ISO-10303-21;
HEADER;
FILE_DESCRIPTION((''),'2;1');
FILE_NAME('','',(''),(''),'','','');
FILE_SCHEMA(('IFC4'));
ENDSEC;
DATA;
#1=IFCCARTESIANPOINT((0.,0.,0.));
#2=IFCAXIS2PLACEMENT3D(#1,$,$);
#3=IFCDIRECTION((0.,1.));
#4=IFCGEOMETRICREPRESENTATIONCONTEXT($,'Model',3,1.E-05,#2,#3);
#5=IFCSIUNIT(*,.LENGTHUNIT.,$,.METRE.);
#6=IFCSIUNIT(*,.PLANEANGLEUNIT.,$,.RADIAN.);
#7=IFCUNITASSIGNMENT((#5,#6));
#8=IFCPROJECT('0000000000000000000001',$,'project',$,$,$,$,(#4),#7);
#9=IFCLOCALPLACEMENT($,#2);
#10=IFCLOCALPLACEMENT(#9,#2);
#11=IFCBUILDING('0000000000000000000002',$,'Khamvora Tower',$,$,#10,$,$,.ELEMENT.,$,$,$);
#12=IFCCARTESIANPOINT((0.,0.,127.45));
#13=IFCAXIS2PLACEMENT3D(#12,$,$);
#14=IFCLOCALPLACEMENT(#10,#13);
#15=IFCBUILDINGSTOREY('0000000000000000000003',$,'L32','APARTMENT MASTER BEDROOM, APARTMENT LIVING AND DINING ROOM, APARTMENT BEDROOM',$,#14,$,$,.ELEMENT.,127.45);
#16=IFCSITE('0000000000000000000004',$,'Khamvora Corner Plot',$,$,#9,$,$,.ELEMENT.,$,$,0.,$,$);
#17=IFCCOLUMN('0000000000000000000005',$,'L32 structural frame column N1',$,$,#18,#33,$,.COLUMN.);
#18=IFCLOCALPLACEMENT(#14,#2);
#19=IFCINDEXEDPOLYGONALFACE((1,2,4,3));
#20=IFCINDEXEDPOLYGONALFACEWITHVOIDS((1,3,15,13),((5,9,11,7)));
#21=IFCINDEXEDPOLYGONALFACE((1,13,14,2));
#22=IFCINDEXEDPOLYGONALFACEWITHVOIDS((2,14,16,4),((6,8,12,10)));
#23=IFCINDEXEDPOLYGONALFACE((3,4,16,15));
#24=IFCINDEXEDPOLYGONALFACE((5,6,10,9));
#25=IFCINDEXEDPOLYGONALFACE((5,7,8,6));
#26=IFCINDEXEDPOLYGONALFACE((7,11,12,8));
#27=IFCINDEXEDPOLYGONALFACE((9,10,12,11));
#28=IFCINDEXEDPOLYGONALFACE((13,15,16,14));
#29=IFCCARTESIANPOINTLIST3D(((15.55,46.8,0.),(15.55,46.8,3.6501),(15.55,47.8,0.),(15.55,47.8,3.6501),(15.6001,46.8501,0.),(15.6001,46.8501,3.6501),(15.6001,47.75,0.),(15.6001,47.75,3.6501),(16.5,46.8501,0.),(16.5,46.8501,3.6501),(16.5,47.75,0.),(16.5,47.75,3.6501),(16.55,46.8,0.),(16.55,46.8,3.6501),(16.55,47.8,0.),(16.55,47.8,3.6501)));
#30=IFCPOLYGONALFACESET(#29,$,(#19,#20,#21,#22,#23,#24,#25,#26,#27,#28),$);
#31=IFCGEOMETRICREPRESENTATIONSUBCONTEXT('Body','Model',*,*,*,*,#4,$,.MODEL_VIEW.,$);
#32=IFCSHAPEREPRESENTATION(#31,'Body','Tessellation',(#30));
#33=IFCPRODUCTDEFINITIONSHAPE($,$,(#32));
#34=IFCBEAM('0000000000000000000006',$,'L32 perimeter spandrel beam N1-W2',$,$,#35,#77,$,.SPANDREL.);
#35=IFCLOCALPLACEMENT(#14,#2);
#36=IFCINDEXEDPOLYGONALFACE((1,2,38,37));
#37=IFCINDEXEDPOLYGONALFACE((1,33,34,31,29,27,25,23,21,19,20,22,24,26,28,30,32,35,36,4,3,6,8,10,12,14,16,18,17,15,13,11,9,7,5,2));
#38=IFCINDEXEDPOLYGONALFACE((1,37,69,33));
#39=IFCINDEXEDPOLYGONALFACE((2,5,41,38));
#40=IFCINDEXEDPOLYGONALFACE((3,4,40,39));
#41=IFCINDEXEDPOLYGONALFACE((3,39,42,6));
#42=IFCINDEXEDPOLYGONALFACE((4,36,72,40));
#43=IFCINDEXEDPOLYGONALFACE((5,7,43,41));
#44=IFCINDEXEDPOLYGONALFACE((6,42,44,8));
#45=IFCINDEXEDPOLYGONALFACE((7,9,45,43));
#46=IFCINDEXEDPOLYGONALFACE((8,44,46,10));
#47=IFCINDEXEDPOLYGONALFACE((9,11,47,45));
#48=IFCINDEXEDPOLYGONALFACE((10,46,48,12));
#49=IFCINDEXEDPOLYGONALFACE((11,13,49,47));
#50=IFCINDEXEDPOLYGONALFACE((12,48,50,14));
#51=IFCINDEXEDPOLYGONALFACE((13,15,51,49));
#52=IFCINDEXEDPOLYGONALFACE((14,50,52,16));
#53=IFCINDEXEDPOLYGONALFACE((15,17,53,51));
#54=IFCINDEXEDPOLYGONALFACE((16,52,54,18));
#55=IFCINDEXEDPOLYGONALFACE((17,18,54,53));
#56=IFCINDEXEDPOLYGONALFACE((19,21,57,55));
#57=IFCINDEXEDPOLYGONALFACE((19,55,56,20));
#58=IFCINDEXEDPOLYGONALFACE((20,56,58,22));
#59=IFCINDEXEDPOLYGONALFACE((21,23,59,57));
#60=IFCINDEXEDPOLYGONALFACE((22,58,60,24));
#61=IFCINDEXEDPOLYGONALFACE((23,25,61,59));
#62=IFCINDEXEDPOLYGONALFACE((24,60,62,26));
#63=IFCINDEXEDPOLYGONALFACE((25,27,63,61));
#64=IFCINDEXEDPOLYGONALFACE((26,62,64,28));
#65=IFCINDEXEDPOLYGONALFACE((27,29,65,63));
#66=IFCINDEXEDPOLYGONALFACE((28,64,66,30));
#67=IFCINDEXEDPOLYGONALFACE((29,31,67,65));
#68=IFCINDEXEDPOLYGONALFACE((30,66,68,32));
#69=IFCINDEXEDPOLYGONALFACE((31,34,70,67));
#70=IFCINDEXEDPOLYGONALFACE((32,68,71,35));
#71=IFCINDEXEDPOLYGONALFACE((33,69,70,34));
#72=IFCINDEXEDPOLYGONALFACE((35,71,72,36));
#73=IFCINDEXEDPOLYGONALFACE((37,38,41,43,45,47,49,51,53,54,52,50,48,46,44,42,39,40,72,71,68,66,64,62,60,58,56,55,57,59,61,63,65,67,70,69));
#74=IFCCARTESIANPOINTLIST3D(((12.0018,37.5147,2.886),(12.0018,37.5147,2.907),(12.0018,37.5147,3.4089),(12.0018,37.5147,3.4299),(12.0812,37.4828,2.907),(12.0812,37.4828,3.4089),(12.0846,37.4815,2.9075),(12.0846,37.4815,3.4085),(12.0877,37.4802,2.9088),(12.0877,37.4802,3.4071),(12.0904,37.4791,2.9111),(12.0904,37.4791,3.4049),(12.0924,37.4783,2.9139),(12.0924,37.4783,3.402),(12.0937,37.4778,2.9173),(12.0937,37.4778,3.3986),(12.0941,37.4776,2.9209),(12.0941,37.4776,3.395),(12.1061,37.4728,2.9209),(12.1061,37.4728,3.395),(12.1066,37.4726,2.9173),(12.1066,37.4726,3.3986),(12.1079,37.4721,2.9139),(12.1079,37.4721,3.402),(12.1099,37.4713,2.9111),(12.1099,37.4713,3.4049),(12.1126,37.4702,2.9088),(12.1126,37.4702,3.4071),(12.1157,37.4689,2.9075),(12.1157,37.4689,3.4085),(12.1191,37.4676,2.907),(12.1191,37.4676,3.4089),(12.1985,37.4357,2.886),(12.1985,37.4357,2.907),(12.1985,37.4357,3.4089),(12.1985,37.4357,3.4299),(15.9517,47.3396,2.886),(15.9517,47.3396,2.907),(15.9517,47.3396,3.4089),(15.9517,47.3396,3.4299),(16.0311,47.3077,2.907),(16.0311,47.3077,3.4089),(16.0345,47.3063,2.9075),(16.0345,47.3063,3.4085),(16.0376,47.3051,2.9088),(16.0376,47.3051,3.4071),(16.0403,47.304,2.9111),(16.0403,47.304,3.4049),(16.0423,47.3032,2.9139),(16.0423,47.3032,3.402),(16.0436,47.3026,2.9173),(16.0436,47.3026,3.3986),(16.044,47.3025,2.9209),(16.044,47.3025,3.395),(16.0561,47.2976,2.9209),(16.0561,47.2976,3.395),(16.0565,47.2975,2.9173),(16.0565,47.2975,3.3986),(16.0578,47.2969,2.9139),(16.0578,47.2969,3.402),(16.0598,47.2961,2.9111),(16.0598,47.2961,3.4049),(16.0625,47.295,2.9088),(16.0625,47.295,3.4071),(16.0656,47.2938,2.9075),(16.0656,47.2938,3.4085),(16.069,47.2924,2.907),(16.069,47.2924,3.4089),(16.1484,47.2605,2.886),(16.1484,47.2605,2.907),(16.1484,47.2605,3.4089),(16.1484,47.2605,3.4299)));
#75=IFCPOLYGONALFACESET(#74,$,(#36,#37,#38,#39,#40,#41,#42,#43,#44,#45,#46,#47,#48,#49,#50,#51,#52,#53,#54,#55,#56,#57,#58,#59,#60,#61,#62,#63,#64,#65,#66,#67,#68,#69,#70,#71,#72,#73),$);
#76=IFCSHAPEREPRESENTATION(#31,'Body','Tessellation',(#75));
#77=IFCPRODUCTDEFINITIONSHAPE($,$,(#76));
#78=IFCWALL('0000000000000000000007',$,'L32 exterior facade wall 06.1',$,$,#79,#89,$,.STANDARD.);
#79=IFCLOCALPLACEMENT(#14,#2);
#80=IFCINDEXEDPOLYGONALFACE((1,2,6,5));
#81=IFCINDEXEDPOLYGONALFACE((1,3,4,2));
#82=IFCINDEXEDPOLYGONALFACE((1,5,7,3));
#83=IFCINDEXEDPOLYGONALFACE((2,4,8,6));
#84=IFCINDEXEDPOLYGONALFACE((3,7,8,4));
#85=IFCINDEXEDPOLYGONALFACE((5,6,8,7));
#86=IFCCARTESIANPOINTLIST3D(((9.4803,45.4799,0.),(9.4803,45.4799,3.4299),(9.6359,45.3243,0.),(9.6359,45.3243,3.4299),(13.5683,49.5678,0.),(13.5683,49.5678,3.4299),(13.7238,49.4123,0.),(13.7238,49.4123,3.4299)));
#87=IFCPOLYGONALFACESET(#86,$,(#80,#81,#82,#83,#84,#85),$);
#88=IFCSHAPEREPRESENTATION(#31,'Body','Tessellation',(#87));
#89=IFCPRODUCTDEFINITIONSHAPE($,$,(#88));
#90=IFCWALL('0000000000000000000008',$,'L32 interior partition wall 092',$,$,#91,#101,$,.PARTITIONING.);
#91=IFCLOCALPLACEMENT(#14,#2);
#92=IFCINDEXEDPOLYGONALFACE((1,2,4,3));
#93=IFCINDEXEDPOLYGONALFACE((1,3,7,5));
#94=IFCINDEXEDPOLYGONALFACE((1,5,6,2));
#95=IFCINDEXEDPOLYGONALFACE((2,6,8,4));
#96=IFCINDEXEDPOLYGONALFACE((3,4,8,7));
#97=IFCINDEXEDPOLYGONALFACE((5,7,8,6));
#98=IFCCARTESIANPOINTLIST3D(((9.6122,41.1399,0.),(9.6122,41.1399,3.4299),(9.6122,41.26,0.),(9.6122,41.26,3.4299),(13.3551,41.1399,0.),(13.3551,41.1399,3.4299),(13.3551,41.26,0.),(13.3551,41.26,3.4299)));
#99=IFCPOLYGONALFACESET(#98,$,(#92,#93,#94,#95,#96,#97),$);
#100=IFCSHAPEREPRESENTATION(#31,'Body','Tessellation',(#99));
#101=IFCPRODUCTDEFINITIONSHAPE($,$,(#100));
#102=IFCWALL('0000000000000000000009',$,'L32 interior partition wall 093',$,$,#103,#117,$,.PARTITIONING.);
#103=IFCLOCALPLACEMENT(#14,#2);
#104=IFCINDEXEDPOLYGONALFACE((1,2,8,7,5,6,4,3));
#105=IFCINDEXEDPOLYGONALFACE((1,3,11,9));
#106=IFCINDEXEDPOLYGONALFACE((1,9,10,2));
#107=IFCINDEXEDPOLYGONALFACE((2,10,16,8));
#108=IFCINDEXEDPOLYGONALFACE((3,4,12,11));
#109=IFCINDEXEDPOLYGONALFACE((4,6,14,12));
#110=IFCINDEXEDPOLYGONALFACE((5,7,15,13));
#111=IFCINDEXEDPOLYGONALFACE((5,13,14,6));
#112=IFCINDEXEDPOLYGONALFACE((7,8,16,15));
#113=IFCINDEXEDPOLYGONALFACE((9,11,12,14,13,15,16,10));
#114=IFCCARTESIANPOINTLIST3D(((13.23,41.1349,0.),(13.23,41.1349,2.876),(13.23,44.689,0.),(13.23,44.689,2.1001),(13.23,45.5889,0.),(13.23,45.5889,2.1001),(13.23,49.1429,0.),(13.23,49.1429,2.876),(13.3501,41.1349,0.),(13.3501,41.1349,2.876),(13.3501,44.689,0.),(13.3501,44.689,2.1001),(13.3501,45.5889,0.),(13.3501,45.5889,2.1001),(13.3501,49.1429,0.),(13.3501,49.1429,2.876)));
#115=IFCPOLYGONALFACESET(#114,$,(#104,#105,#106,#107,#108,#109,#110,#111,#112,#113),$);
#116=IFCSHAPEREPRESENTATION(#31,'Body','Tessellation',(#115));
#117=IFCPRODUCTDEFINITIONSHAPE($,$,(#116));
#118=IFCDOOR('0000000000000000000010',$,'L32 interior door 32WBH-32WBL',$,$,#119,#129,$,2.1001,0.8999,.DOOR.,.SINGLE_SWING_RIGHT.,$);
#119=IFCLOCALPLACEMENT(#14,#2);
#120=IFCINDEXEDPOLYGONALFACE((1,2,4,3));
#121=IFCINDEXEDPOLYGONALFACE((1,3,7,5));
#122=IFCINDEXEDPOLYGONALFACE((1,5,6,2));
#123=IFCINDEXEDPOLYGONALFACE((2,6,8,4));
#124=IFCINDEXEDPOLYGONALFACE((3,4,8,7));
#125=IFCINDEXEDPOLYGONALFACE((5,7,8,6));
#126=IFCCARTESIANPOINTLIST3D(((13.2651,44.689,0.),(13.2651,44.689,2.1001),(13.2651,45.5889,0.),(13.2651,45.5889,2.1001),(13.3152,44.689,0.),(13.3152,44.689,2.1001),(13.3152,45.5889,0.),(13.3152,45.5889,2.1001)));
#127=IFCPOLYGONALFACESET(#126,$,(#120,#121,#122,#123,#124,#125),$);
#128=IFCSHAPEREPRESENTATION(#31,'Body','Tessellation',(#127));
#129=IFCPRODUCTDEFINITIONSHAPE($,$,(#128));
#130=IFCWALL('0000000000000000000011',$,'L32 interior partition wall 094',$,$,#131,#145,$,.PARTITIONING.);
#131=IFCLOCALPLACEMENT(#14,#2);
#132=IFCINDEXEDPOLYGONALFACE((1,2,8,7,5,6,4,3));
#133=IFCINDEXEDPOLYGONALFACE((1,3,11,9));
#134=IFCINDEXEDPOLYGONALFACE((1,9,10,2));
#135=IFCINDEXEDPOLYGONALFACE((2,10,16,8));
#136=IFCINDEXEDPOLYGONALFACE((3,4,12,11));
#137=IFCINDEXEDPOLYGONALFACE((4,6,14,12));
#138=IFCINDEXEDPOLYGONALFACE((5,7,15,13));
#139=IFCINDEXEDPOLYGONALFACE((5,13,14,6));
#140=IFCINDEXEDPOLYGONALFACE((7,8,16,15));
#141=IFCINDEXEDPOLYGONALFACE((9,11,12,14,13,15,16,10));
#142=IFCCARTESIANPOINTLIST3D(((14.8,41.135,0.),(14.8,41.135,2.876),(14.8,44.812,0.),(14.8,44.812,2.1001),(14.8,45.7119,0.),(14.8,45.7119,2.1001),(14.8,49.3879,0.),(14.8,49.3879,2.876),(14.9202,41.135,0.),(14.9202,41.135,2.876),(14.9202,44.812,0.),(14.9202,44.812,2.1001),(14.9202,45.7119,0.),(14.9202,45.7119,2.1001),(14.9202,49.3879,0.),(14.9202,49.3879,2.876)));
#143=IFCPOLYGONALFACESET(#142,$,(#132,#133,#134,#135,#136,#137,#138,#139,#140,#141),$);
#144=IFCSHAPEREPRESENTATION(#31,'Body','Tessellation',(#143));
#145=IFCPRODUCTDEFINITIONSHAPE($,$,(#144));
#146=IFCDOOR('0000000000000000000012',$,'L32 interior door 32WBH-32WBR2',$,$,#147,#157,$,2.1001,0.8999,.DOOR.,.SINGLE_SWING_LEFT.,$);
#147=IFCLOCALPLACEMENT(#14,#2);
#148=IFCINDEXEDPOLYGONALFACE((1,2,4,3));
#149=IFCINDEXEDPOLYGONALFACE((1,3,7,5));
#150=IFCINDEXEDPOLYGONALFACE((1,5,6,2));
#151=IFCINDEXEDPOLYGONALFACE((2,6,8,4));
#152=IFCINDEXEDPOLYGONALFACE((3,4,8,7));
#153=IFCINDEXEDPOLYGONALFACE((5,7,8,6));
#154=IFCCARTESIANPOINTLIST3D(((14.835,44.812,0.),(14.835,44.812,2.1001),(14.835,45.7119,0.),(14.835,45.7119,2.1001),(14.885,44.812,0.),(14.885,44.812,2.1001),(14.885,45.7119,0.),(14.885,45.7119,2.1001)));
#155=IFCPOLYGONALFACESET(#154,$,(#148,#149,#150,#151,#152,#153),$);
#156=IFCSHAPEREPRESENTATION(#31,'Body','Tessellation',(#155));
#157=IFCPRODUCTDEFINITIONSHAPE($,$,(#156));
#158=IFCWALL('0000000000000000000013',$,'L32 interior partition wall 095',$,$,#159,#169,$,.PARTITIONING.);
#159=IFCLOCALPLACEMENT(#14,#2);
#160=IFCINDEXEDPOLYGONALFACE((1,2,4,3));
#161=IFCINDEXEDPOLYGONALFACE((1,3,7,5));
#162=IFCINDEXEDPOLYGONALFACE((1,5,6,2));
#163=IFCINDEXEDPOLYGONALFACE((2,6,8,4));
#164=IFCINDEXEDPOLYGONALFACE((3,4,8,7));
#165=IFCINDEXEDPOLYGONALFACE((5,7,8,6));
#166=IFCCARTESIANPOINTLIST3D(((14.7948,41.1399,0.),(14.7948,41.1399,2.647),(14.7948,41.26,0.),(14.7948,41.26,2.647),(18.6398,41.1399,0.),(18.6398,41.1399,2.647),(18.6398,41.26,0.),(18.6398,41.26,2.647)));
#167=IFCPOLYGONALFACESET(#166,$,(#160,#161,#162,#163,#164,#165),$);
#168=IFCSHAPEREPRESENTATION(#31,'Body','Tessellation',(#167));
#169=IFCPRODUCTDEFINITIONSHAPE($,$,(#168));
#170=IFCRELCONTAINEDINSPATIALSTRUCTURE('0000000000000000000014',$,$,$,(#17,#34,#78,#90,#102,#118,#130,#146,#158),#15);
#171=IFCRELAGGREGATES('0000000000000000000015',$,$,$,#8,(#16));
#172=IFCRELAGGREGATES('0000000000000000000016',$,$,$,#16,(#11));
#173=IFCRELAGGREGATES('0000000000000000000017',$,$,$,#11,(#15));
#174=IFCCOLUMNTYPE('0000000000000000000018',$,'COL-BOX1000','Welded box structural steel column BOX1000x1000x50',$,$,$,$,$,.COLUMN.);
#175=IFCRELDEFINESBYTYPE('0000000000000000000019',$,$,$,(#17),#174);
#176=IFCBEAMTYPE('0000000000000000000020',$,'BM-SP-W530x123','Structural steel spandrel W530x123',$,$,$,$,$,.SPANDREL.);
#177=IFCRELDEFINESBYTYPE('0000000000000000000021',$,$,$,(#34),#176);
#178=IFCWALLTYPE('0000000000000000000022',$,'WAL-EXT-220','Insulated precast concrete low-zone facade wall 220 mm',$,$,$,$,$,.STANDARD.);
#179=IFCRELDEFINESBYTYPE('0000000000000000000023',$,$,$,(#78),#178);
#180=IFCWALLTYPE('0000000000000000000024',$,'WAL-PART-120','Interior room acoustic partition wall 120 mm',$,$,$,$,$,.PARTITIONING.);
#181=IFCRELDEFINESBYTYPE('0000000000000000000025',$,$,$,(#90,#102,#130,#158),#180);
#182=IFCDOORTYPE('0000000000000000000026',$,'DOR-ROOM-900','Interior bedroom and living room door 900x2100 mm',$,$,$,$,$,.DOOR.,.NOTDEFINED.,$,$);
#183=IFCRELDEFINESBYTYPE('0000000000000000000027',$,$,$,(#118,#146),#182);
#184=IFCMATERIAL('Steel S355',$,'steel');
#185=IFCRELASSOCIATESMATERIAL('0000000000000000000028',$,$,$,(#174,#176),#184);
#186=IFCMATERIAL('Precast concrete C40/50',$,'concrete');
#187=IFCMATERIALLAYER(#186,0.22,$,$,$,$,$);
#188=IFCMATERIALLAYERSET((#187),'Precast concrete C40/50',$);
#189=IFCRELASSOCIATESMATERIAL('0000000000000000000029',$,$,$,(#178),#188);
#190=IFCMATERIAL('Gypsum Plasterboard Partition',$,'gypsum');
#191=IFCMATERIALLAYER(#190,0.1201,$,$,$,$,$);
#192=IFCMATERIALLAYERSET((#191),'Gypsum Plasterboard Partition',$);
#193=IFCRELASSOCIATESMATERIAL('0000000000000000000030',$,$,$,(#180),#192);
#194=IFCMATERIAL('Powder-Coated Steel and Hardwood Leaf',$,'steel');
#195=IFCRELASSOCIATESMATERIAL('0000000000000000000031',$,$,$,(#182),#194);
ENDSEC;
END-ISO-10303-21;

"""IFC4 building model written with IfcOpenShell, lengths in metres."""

from ifc_helpers import new_model, si_unit, direction, frame, frame_2d, origin, origin_2d, place, context, subcontext, project, spatial, rectangle, hollow_rectangle, i_section, extrude, material, layer, layer_set, material_profile, profile_set, type_object, element, fill, save


model = new_model("IFC4")

# Units and contexts
model_context = context("Model", 3, precision=1e-05, world=origin(), true_north=direction((0.0, 1.0)))
body_context = subcontext(model_context, "Body", "Model", "MODEL_VIEW")
ifc_project = project(units=[si_unit("LENGTHUNIT", "METRE"), si_unit("PLANEANGLEUNIT", "RADIAN")], contexts=[model_context])

# Site, building, storey
site_placement = place(None, origin())
site = spatial("IfcSite", under=ifc_project, at=site_placement, Name="Khamvora Corner Plot", CompositionType="ELEMENT", RefElevation=0.0)
building_placement = place(site_placement, origin())
building = spatial("IfcBuilding", under=site, at=building_placement, Name="Khamvora Tower", CompositionType="ELEMENT")
storey_placement = place(building_placement, frame((0.0, 0.0, 127.45)))
storey = spatial("IfcBuildingStorey", under=building, at=storey_placement, Name="L32", Description="APARTMENT MASTER BEDROOM, APARTMENT LIVING AND DINING ROOM, APARTMENT BEDROOM", CompositionType="ELEMENT", Elevation=127.45)

# Column
ifc_material_1 = material(Name="Steel S355", Category="steel")
ifc_material_profile_1 = material_profile(ifc_material_1, hollow_rectangle(XDim=1.0, YDim=1.0, WallThickness=0.05, at=origin_2d()), Name="BOX1000x1000x50")
ifc_profile_set_1 = profile_set([ifc_material_profile_1], Name="Steel S355")
column_type = type_object("IfcColumnType", Name="COL-BOX1000", Description="Welded box structural steel column BOX1000x1000x50", PredefinedType="COLUMN", material=ifc_profile_set_1)
column_placement = place(storey_placement, frame((16.05, 47.3, 0.0), z_axis=(0.0, 0.0, 1.0), x_axis=(1.0, 0.0, 0.0)))
element("IfcColumn", 1, at=column_placement, inside=storey, type_object=column_type, Name="L32 structural frame column N1", PredefinedType="COLUMN", context=body_context, shape_type="SweptSolid", body=[
    extrude(hollow_rectangle(XDim=1.0, YDim=1.0, WallThickness=0.05, at=origin_2d()), origin(), (0.0, 0.0, 1.0), 3.6501),
])

# Beam
ifc_material_profile_2 = material_profile(ifc_material_1, i_section(OverallWidth=0.2119, OverallDepth=0.5439, WebThickness=0.0129, FlangeThickness=0.021, FilletRadius=0.0139, at=origin_2d()), Name="W530x123")
ifc_profile_set_2 = profile_set([ifc_material_profile_2], Name="Steel S355")
beam_type = type_object("IfcBeamType", Name="BM-SP-W530x123", Description="Structural steel spandrel W530x123", PredefinedType="SPANDREL", material=ifc_profile_set_2)
beam_placement = place(storey_placement, frame((16.05, 47.3, 3.158), z_axis=(-0.373016, -0.927825, 0.0), x_axis=(0.927825, -0.373016, 0.0)))
element("IfcBeam", 2, at=beam_placement, inside=storey, type_object=beam_type, Name="L32 perimeter spandrel beam N1-W2", PredefinedType="SPANDREL", context=body_context, shape_type="SweptSolid", body=[
    extrude(i_section(OverallWidth=0.2119, OverallDepth=0.5439, WebThickness=0.0129, FlangeThickness=0.021, FilletRadius=0.0139, at=origin_2d()), origin(), (0.0, 0.0, 1.0), 10.5891),
])

# Wall
ifc_material_2 = material(Name="Precast concrete C40/50", Category="concrete")
ifc_layer_1 = layer(ifc_material_2, 0.22)
ifc_layer_set_1 = layer_set([ifc_layer_1], Name="Precast concrete C40/50")
wall_type_1 = type_object("IfcWallType", Name="WAL-EXT-220", Description="Insulated precast concrete low-zone facade wall 220 mm", PredefinedType="STANDARD", material=ifc_layer_set_1)
wall_1_placement = place(storey_placement, frame((9.5581, 45.4021, 0.0), z_axis=(0.0, 0.0, 1.0), x_axis=(0.707107, 0.707107, 0.0)))
element("IfcWall", 3, at=wall_1_placement, inside=storey, type_object=wall_type_1, Name="L32 exterior facade wall 06.1", PredefinedType="STANDARD", context=body_context, shape_type="SweptSolid", body=[
    extrude(rectangle(XDim=5.7812, YDim=0.22, at=frame_2d((2.8906, 0.0))), origin(), (0.0, 0.0, 1.0), 3.4299),
])

# Wall
ifc_material_3 = material(Name="Gypsum Plasterboard Partition", Category="gypsum")
ifc_layer_2 = layer(ifc_material_3, 0.1201)
ifc_layer_set_2 = layer_set([ifc_layer_2], Name="Gypsum Plasterboard Partition")
wall_type_2 = type_object("IfcWallType", Name="WAL-PART-120", Description="Interior room acoustic partition wall 120 mm", PredefinedType="PARTITIONING", material=ifc_layer_set_2)
wall_2_placement = place(storey_placement, frame((9.6121, 41.2, 0.0), z_axis=(0.0, 0.0, 1.0), x_axis=(1.0, 0.0, 0.0)))
element("IfcWall", 4, at=wall_2_placement, inside=storey, type_object=wall_type_2, Name="L32 interior partition wall 092", PredefinedType="PARTITIONING", context=body_context, shape_type="SweptSolid", body=[
    extrude(rectangle(XDim=3.7429, YDim=0.1201, at=frame_2d((1.8716, 0.0))), origin(), (0.0, 0.0, 1.0), 3.4299),
])

# Walls, openings, doors
wall_3_placement = place(storey_placement, frame((13.29, 41.135, 0.0), z_axis=(0.0, 0.0, 1.0), x_axis=(0.0, 1.0, 0.0)))
wall_3 = element("IfcWall", 5, at=wall_3_placement, inside=storey, type_object=wall_type_2, Name="L32 interior partition wall 093", PredefinedType="PARTITIONING", context=body_context, shape_type="SweptSolid", body=[
    extrude(rectangle(XDim=8.0081, YDim=0.1201, at=frame_2d((4.0039, 0.0))), origin(), (0.0, 0.0, 1.0), 2.876),
])
opening_1_placement = place(wall_3_placement, frame((3.554, 0.0, 0.0)))
opening_1 = element("IfcOpeningElement", 6, at=opening_1_placement, cuts=wall_3, PredefinedType="OPENING", context=body_context, shape_type="SweptSolid", body=[
    extrude(rectangle(XDim=0.8999, YDim=2.1001, at=frame_2d((0.45, 1.05))), frame((0.0, 0.0701, 0.0), z_axis=(0.0, -1.0, 0.0), x_axis=(1.0, 0.0, 0.0)), (0.0, 0.0, 1.0), 0.1401),
])
ifc_material_4 = material(Name="Powder-Coated Steel and Hardwood Leaf", Category="steel")
door_type_1 = type_object("IfcDoorType", Name="DOR-ROOM-900", Description="Interior bedroom and living room door 900x2100 mm", OperationType="NOTDEFINED", PredefinedType="DOOR", material=ifc_material_4)
door_1_placement = place(opening_1_placement, origin())
door_1 = element("IfcDoor", 7, at=door_1_placement, inside=storey, type_object=door_type_1, Name="L32 interior door 32WBH-32WBL", OperationType="SINGLE_SWING_RIGHT", OverallHeight=2.1001, OverallWidth=0.8999, PredefinedType="DOOR", context=body_context, shape_type="SweptSolid", body=[
    extrude(rectangle(XDim=0.8999, YDim=2.1001, at=frame_2d((0.45, 1.05))), frame((0.0, 0.0249, 0.0), z_axis=(0.0, -1.0, 0.0), x_axis=(1.0, 0.0, 0.0)), (0.0, 0.0, 1.0), 0.05),
])
fill(opening_1, door_1)
wall_4_placement = place(storey_placement, frame((14.8601, 49.3879, 0.0), z_axis=(0.0, 0.0, 1.0), x_axis=(0.0, -1.0, 0.0)))
wall_4 = element("IfcWall", 8, at=wall_4_placement, inside=storey, type_object=wall_type_2, Name="L32 interior partition wall 094", PredefinedType="PARTITIONING", context=body_context, shape_type="SweptSolid", body=[
    extrude(rectangle(XDim=8.2529, YDim=0.1201, at=frame_2d((4.1265, 0.0))), origin(), (0.0, 0.0, 1.0), 2.876),
])
opening_2_placement = place(wall_4_placement, frame((3.676, 0.0, 0.0)))
opening_2 = element("IfcOpeningElement", 9, at=opening_2_placement, cuts=wall_4, PredefinedType="OPENING", context=body_context, shape_type="SweptSolid", body=[
    extrude(rectangle(XDim=0.8999, YDim=2.1001, at=frame_2d((0.45, 1.05))), frame((0.0, 0.0701, 0.0), z_axis=(0.0, -1.0, 0.0), x_axis=(1.0, 0.0, 0.0)), (0.0, 0.0, 1.0), 0.1401),
])
door_2_placement = place(opening_2_placement, origin())
door_2 = element("IfcDoor", 10, at=door_2_placement, inside=storey, type_object=door_type_1, Name="L32 interior door 32WBH-32WBR2", OperationType="SINGLE_SWING_LEFT", OverallHeight=2.1001, OverallWidth=0.8999, PredefinedType="DOOR", context=body_context, shape_type="SweptSolid", body=[
    extrude(rectangle(XDim=0.8999, YDim=2.1001, at=frame_2d((0.45, 1.05))), frame((0.0, 0.0249, 0.0), z_axis=(0.0, -1.0, 0.0), x_axis=(1.0, 0.0, 0.0)), (0.0, 0.0, 1.0), 0.05),
])
fill(opening_2, door_2)

# Wall
wall_5_placement = place(storey_placement, frame((14.7949, 41.2, 0.0), z_axis=(0.0, 0.0, 1.0), x_axis=(1.0, 0.0, 0.0)))
element("IfcWall", 11, at=wall_5_placement, inside=storey, type_object=wall_type_2, Name="L32 interior partition wall 095", PredefinedType="PARTITIONING", context=body_context, shape_type="SweptSolid", body=[
    extrude(rectangle(XDim=3.845, YDim=0.1201, at=frame_2d((1.9224, 0.0))), origin(), (0.0, 0.0, 1.0), 2.647),
])

save(model, "model.ifc")
